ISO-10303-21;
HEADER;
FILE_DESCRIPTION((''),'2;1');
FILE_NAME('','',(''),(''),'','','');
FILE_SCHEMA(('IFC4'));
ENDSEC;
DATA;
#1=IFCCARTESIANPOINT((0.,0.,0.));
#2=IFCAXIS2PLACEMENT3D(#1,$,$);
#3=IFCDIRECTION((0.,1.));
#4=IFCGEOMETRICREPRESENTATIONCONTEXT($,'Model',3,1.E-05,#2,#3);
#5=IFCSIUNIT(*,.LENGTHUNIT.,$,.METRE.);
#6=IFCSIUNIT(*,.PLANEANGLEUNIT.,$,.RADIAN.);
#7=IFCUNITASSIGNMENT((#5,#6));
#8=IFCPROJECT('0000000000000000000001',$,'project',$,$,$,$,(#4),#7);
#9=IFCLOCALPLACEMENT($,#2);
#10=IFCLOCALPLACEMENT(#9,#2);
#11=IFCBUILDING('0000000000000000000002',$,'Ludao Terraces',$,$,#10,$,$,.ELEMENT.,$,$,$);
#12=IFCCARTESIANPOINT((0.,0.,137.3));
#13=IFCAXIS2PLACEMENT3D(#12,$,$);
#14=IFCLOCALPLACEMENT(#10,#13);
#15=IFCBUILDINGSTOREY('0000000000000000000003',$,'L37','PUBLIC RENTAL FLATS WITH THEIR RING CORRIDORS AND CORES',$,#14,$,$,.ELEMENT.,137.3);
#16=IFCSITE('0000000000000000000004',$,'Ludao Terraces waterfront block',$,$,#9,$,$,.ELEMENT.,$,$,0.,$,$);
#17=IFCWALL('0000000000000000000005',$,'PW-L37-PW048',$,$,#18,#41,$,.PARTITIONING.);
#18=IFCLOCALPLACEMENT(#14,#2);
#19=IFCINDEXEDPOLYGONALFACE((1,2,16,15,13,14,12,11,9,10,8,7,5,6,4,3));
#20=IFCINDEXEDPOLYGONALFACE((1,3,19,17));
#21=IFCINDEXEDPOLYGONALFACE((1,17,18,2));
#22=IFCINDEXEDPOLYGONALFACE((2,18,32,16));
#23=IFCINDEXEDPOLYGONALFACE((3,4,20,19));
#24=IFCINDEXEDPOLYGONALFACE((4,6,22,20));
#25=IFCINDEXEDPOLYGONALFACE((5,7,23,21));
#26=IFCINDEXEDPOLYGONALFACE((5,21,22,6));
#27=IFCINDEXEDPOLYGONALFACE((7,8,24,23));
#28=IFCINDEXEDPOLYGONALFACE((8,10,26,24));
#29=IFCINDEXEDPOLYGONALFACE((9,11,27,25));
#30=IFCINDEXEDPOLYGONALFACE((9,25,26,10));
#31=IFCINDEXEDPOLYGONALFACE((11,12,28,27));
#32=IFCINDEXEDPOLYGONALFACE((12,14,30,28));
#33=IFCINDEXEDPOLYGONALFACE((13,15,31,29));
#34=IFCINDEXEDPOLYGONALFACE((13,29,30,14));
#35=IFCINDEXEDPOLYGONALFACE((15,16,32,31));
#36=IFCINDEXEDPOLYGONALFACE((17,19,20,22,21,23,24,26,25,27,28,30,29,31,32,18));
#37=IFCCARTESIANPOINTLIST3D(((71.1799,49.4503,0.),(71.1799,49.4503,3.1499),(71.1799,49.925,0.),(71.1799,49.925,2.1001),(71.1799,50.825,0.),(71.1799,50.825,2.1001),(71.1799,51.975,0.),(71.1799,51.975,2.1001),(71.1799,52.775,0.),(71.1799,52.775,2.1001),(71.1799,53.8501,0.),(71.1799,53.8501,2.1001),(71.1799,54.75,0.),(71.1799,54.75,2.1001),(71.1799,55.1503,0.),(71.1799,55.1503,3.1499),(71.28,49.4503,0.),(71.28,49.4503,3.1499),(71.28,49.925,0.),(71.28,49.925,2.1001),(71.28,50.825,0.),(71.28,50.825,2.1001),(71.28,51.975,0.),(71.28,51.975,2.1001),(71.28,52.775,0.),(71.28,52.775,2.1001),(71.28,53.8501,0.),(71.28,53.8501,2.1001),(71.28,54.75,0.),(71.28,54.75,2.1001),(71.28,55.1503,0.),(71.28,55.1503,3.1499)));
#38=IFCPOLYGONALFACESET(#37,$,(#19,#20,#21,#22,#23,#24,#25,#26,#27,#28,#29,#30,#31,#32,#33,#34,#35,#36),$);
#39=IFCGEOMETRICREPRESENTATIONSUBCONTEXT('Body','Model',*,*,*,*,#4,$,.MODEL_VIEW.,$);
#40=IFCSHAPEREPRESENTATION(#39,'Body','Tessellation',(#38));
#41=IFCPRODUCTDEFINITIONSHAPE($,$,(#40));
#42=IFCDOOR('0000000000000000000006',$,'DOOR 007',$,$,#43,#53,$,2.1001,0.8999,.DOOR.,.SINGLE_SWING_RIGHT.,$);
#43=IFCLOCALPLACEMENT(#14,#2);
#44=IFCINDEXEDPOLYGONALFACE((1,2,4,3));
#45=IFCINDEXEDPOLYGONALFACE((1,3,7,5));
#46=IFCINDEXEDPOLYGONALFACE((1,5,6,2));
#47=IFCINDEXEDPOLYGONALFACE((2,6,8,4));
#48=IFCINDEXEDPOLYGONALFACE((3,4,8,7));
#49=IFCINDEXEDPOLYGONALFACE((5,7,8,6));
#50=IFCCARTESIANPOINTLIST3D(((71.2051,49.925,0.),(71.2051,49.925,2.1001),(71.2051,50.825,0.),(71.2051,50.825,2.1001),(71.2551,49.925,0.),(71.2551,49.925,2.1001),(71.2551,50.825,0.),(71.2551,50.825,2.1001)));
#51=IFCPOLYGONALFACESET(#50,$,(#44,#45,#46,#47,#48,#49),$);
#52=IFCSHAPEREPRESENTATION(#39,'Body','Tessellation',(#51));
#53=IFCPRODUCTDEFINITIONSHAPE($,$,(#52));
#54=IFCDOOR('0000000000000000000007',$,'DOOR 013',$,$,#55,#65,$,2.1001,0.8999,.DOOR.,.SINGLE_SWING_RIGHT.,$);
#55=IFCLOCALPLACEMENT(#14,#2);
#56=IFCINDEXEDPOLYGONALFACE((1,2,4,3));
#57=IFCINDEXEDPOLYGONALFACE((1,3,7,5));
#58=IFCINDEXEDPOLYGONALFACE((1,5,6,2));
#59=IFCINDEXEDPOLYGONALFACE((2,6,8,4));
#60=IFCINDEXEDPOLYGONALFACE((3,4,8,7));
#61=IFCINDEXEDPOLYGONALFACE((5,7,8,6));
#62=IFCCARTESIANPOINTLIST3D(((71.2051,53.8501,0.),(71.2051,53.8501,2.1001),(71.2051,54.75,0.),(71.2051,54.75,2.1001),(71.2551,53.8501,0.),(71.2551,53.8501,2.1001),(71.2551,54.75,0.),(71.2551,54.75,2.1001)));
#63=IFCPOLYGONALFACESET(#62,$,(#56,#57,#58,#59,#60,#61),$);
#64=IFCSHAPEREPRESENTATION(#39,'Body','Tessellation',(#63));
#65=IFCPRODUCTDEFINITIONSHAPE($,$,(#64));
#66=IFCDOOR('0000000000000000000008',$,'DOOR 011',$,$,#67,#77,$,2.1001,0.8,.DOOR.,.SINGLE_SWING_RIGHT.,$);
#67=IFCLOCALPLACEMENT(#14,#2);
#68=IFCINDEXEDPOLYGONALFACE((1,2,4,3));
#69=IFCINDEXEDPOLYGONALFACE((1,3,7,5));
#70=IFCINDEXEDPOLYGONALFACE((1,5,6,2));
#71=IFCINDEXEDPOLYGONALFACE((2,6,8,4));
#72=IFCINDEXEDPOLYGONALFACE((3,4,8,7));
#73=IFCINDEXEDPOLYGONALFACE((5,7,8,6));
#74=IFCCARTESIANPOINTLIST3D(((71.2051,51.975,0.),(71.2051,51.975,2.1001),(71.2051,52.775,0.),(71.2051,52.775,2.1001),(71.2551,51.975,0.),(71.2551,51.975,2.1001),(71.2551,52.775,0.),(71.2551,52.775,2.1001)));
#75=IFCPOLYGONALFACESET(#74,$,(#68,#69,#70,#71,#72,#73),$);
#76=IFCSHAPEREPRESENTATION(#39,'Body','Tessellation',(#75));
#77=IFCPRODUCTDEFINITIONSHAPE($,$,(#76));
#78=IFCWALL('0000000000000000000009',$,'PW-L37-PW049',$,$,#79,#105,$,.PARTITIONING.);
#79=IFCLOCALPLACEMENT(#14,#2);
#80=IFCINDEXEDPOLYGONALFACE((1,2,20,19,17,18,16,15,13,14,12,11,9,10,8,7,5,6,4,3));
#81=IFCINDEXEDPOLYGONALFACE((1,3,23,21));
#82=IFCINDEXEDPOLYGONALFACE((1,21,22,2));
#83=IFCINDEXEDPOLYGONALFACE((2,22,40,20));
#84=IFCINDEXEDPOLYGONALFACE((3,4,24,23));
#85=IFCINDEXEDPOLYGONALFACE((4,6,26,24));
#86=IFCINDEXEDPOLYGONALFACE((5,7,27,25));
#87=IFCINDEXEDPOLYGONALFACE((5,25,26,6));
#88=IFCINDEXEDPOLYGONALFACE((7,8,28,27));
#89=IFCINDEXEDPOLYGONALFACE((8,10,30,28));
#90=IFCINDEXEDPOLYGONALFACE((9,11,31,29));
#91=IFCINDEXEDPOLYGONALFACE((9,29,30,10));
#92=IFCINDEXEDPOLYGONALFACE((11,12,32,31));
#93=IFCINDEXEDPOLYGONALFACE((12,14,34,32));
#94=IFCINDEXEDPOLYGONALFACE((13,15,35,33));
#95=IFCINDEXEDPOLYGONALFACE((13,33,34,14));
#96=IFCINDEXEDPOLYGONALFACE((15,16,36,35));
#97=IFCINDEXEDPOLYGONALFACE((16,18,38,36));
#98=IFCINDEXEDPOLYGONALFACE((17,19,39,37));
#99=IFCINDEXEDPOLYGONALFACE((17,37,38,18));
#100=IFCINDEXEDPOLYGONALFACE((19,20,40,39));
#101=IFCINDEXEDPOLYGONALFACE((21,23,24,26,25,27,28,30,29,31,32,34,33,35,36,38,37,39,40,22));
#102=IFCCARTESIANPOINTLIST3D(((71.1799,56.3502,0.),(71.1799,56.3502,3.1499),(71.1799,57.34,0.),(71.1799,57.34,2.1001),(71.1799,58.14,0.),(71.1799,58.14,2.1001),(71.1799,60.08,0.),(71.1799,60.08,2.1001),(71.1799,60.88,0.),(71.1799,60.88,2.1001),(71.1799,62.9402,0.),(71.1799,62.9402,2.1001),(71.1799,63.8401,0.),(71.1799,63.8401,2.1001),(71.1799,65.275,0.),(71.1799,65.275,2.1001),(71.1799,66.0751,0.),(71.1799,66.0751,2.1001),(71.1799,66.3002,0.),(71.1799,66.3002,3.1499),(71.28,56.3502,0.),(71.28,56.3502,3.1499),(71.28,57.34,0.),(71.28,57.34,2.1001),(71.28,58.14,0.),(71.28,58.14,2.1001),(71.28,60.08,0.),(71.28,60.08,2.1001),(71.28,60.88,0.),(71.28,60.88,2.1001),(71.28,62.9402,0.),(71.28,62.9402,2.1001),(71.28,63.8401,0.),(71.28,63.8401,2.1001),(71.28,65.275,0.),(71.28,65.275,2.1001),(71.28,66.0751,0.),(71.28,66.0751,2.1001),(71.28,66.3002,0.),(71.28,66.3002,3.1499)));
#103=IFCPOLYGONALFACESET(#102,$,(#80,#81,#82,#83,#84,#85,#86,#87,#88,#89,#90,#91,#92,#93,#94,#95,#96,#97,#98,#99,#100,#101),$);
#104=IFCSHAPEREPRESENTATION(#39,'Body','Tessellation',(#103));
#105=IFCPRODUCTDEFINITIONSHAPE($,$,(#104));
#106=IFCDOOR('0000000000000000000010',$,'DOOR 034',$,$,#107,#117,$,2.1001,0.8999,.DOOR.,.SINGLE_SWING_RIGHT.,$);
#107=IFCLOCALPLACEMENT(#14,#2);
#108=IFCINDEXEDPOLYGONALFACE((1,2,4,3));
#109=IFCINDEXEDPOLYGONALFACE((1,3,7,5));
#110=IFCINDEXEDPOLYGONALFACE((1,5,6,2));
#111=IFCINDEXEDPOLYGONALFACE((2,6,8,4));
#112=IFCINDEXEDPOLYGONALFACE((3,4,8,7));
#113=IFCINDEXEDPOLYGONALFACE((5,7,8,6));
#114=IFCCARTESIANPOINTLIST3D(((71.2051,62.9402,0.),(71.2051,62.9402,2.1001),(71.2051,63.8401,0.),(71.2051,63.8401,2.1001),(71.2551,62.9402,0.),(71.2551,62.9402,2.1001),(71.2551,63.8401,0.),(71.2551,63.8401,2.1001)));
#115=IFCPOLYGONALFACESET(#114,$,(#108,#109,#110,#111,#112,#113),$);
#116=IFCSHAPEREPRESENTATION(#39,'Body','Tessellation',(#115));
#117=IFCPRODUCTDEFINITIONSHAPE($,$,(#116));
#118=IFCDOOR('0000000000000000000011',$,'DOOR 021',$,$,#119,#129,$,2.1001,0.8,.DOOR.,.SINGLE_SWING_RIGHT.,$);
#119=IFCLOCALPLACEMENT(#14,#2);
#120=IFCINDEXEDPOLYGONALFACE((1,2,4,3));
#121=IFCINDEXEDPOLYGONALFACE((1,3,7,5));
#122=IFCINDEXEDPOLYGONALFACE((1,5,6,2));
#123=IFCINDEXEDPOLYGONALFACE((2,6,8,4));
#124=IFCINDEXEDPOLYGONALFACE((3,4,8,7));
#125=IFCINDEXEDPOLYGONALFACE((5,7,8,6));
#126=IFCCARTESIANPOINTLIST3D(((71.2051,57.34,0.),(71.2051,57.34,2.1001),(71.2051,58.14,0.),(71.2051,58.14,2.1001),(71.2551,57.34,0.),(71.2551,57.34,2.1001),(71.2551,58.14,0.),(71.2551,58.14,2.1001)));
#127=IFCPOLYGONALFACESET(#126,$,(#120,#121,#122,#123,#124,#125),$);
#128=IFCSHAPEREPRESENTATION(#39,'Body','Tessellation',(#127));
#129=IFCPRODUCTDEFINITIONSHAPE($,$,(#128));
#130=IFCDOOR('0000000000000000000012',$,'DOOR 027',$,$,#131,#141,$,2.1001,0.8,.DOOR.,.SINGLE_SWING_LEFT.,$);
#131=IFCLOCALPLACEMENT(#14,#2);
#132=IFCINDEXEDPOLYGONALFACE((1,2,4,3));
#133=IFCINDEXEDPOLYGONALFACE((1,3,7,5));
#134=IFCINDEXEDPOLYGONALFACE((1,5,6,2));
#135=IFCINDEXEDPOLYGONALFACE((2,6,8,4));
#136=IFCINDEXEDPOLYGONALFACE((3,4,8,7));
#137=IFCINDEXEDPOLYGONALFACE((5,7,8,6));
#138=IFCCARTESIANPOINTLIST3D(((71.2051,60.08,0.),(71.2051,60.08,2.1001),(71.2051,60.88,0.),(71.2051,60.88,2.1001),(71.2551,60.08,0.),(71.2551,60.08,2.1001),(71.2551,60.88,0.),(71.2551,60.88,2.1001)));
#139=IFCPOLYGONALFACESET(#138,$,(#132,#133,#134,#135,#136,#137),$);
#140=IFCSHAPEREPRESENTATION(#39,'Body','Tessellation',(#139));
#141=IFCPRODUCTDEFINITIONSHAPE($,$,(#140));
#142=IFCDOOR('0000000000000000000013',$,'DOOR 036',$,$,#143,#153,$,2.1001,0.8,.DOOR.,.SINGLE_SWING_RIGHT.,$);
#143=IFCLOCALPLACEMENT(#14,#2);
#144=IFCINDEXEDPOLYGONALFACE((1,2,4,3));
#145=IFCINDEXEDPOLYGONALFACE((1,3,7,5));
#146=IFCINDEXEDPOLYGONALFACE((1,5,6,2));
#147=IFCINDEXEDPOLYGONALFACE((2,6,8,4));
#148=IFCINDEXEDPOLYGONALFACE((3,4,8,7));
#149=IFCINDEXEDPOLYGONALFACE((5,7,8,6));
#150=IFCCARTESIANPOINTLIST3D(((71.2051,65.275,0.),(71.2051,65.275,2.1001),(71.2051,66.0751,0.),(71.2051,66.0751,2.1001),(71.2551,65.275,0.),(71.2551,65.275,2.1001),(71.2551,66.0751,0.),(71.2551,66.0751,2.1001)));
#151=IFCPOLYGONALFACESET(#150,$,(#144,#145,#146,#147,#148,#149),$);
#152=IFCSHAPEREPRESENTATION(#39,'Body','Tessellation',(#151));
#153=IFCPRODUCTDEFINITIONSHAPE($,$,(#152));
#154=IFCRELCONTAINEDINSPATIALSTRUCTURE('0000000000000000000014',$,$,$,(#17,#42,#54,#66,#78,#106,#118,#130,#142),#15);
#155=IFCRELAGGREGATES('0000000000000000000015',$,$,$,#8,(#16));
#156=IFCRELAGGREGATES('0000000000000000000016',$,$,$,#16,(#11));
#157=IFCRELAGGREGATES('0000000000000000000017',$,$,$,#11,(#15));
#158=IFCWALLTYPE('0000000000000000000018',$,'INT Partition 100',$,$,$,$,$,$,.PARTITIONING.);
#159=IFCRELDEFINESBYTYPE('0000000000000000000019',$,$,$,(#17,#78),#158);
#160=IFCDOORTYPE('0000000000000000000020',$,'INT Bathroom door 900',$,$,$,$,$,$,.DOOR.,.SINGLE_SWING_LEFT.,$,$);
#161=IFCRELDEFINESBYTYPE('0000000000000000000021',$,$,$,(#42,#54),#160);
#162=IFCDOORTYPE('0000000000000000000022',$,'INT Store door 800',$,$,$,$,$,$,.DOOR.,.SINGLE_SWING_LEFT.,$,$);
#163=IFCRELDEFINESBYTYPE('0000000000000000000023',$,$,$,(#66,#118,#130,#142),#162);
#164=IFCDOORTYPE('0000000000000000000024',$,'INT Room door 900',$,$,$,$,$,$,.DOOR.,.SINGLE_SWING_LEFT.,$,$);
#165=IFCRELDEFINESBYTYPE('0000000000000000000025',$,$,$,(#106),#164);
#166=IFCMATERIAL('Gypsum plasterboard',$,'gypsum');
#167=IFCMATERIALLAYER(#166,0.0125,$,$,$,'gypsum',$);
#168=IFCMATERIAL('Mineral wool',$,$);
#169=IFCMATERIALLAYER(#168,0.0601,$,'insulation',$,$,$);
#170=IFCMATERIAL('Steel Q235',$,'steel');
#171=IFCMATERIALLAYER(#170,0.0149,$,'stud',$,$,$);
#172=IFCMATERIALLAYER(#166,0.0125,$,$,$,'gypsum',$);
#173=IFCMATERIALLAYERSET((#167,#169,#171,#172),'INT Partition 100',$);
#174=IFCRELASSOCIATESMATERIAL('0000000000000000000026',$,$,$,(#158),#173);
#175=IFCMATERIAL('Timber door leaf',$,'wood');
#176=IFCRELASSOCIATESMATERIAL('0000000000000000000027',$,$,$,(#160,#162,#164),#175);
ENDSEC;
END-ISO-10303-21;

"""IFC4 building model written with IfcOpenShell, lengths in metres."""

from ifc_helpers import new_model, si_unit, direction, frame, frame_2d, origin, place, context, subcontext, project, spatial, rectangle, extrude, material, layer, layer_set, type_object, element, fill, save


model = new_model("IFC4")

# Units and contexts
model_context = context("Model", 3, precision=1e-05, world=origin(), true_north=direction((0.0, 1.0)))
body_context = subcontext(model_context, "Body", "Model", "MODEL_VIEW")
ifc_project = project(units=[si_unit("LENGTHUNIT", "METRE"), si_unit("PLANEANGLEUNIT", "RADIAN")], contexts=[model_context])

# Site, building, storey
site_placement = place(None, origin())
site = spatial("IfcSite", under=ifc_project, at=site_placement, Name="Ludao Terraces waterfront block", CompositionType="ELEMENT", RefElevation=0.0)
building_placement = place(site_placement, origin())
building = spatial("IfcBuilding", under=site, at=building_placement, Name="Ludao Terraces", CompositionType="ELEMENT")
storey_placement = place(building_placement, frame((0.0, 0.0, 137.3)))
storey = spatial("IfcBuildingStorey", under=building, at=storey_placement, Name="L37", Description="PUBLIC RENTAL FLATS WITH THEIR RING CORRIDORS AND CORES", CompositionType="ELEMENT", Elevation=137.3)

# Shared definitions
ifc_material_1 = material(Name="Timber door leaf", Category="wood")
ifc_material_2 = material(Name="Steel Q235", Category="steel")

# Shared definitions
ifc_material_3 = material(Name="Gypsum plasterboard", Category="gypsum")
ifc_layer_1 = layer(ifc_material_3, 0.0125, Category="gypsum")
ifc_material_4 = material(Name="Mineral wool")
ifc_layer_2 = layer(ifc_material_4, 0.0601, Name="insulation")
ifc_layer_3 = layer(ifc_material_2, 0.0149, Name="stud")
ifc_layer_4 = layer(ifc_material_3, 0.0125, Category="gypsum")
ifc_layer_set_1 = layer_set([ifc_layer_1, ifc_layer_2, ifc_layer_3, ifc_layer_4], Name="INT Partition 100")
wall_type_1 = type_object("IfcWallType", Name="INT Partition 100", PredefinedType="PARTITIONING", material=ifc_layer_set_1)

# Walls, openings, doors
wall_1_placement = place(storey_placement, frame((71.23, 49.4502, 0.0), z_axis=(0.0, 0.0, 1.0), x_axis=(0.0, 1.0, 0.0)))
wall_1 = element("IfcWall", 1, at=wall_1_placement, inside=storey, type_object=wall_type_1, Name="PW-L37-PW048", PredefinedType="PARTITIONING", context=body_context, shape_type="SweptSolid", body=[
    extrude(rectangle(XDim=5.7, YDim=0.1001, at=frame_2d((2.8501, 0.0))), origin(), (0.0, 0.0, 1.0), 3.1499),
])
opening_1_placement = place(wall_1_placement, frame((0.4749, 0.0, 0.0)))
opening_1 = element("IfcOpeningElement", 2, at=opening_1_placement, cuts=wall_1, PredefinedType="OPENING", context=body_context, shape_type="SweptSolid", body=[
    extrude(rectangle(XDim=0.8999, YDim=2.1001, at=frame_2d((0.45, 1.05))), frame((0.0, 0.0601, 0.0), z_axis=(0.0, -1.0, 0.0), x_axis=(1.0, 0.0, 0.0)), (0.0, 0.0, 1.0), 0.1201),
])
opening_2_placement = place(wall_1_placement, frame((2.5249, 0.0, 0.0)))
opening_2 = element("IfcOpeningElement", 3, at=opening_2_placement, cuts=wall_1, PredefinedType="OPENING", context=body_context, shape_type="SweptSolid", body=[
    extrude(rectangle(XDim=0.8, YDim=2.1001, at=frame_2d((0.3999, 1.05))), frame((0.0, 0.0601, 0.0), z_axis=(0.0, -1.0, 0.0), x_axis=(1.0, 0.0, 0.0)), (0.0, 0.0, 1.0), 0.1201),
])
opening_3_placement = place(wall_1_placement, frame((4.3999, 0.0, 0.0)))
opening_3 = element("IfcOpeningElement", 4, at=opening_3_placement, cuts=wall_1, PredefinedType="OPENING", context=body_context, shape_type="SweptSolid", body=[
    extrude(rectangle(XDim=0.8999, YDim=2.1001, at=frame_2d((0.45, 1.05))), frame((0.0, 0.0601, 0.0), z_axis=(0.0, -1.0, 0.0), x_axis=(1.0, 0.0, 0.0)), (0.0, 0.0, 1.0), 0.1201),
])
door_type_1 = type_object("IfcDoorType", Name="INT Bathroom door 900", OperationType="SINGLE_SWING_LEFT", PredefinedType="DOOR", material=ifc_material_1)
door_1_placement = place(opening_1_placement, origin())
door_1 = element("IfcDoor", 5, at=door_1_placement, inside=storey, type_object=door_type_1, Name="DOOR 007", OperationType="SINGLE_SWING_RIGHT", OverallHeight=2.1001, OverallWidth=0.8999, PredefinedType="DOOR", context=body_context, shape_type="SweptSolid", body=[
    extrude(rectangle(XDim=0.8999, YDim=2.1001, at=frame_2d((0.45, 1.05))), frame((0.0, 0.0249, 0.0), z_axis=(0.0, -1.0, 0.0), x_axis=(1.0, 0.0, 0.0)), (0.0, 0.0, 1.0), 0.05),
])
fill(opening_1, door_1)
door_2_placement = place(opening_3_placement, origin())
door_2 = element("IfcDoor", 6, at=door_2_placement, inside=storey, type_object=door_type_1, Name="DOOR 013", OperationType="SINGLE_SWING_RIGHT", OverallHeight=2.1001, OverallWidth=0.8999, PredefinedType="DOOR", context=body_context, shape_type="SweptSolid", body=[
    extrude(rectangle(XDim=0.8999, YDim=2.1001, at=frame_2d((0.45, 1.05))), frame((0.0, 0.0249, 0.0), z_axis=(0.0, -1.0, 0.0), x_axis=(1.0, 0.0, 0.0)), (0.0, 0.0, 1.0), 0.05),
])
fill(opening_3, door_2)
door_type_2 = type_object("IfcDoorType", Name="INT Store door 800", OperationType="SINGLE_SWING_LEFT", PredefinedType="DOOR", material=ifc_material_1)
door_3_placement = place(opening_2_placement, origin())
door_3 = element("IfcDoor", 7, at=door_3_placement, inside=storey, type_object=door_type_2, Name="DOOR 011", OperationType="SINGLE_SWING_RIGHT", OverallHeight=2.1001, OverallWidth=0.8, PredefinedType="DOOR", context=body_context, shape_type="SweptSolid", body=[
    extrude(rectangle(XDim=0.8, YDim=2.1001, at=frame_2d((0.3999, 1.05))), frame((0.0, 0.0249, 0.0), z_axis=(0.0, -1.0, 0.0), x_axis=(1.0, 0.0, 0.0)), (0.0, 0.0, 1.0), 0.05),
])
fill(opening_2, door_3)
wall_2_placement = place(storey_placement, frame((71.23, 56.3501, 0.0), z_axis=(0.0, 0.0, 1.0), x_axis=(0.0, 1.0, 0.0)))
wall_2 = element("IfcWall", 8, at=wall_2_placement, inside=storey, type_object=wall_type_1, Name="PW-L37-PW049", PredefinedType="PARTITIONING", context=body_context, shape_type="SweptSolid", body=[
    extrude(rectangle(XDim=9.95, YDim=0.1001, at=frame_2d((4.9751, 0.0))), origin(), (0.0, 0.0, 1.0), 3.1499),
])
opening_4_placement = place(wall_2_placement, frame((0.99, 0.0, 0.0)))
opening_4 = element("IfcOpeningElement", 9, at=opening_4_placement, cuts=wall_2, PredefinedType="OPENING", context=body_context, shape_type="SweptSolid", body=[
    extrude(rectangle(XDim=0.8, YDim=2.1001, at=frame_2d((0.3999, 1.05))), frame((0.0, 0.0601, 0.0), z_axis=(0.0, -1.0, 0.0), x_axis=(1.0, 0.0, 0.0)), (0.0, 0.0, 1.0), 0.1201),
])
opening_5_placement = place(wall_2_placement, frame((3.73, 0.0, 0.0)))
opening_5 = element("IfcOpeningElement", 10, at=opening_5_placement, cuts=wall_2, PredefinedType="OPENING", context=body_context, shape_type="SweptSolid", body=[
    extrude(rectangle(XDim=0.8, YDim=2.1001, at=frame_2d((0.3999, 1.05))), frame((0.0, 0.0601, 0.0), z_axis=(0.0, -1.0, 0.0), x_axis=(1.0, 0.0, 0.0)), (0.0, 0.0, 1.0), 0.1201),
])
opening_6_placement = place(wall_2_placement, frame((6.5901, 0.0, 0.0)))
opening_6 = element("IfcOpeningElement", 11, at=opening_6_placement, cuts=wall_2, PredefinedType="OPENING", context=body_context, shape_type="SweptSolid", body=[
    extrude(rectangle(XDim=0.8999, YDim=2.1001, at=frame_2d((0.45, 1.05))), frame((0.0, 0.0601, 0.0), z_axis=(0.0, -1.0, 0.0), x_axis=(1.0, 0.0, 0.0)), (0.0, 0.0, 1.0), 0.1201),
])
opening_7_placement = place(wall_2_placement, frame((8.925, 0.0, 0.0)))
opening_7 = element("IfcOpeningElement", 12, at=opening_7_placement, cuts=wall_2, PredefinedType="OPENING", context=body_context, shape_type="SweptSolid", body=[
    extrude(rectangle(XDim=0.8, YDim=2.1001, at=frame_2d((0.3999, 1.05))), frame((0.0, 0.0601, 0.0), z_axis=(0.0, -1.0, 0.0), x_axis=(1.0, 0.0, 0.0)), (0.0, 0.0, 1.0), 0.1201),
])
door_type_3 = type_object("IfcDoorType", Name="INT Room door 900", OperationType="SINGLE_SWING_LEFT", PredefinedType="DOOR", material=ifc_material_1)
door_4_placement = place(opening_6_placement, origin())
door_4 = element("IfcDoor", 13, at=door_4_placement, inside=storey, type_object=door_type_3, Name="DOOR 034", OperationType="SINGLE_SWING_RIGHT", OverallHeight=2.1001, OverallWidth=0.8999, PredefinedType="DOOR", context=body_context, shape_type="SweptSolid", body=[
    extrude(rectangle(XDim=0.8999, YDim=2.1001, at=frame_2d((0.45, 1.05))), frame((0.0, 0.0249, 0.0), z_axis=(0.0, -1.0, 0.0), x_axis=(1.0, 0.0, 0.0)), (0.0, 0.0, 1.0), 0.05),
])
fill(opening_6, door_4)
door_5_placement = place(opening_4_placement, origin())
door_5 = element("IfcDoor", 14, at=door_5_placement, inside=storey, type_object=door_type_2, Name="DOOR 021", OperationType="SINGLE_SWING_RIGHT", OverallHeight=2.1001, OverallWidth=0.8, PredefinedType="DOOR", context=body_context, shape_type="SweptSolid", body=[
    extrude(rectangle(XDim=0.8, YDim=2.1001, at=frame_2d((0.3999, 1.05))), frame((0.0, 0.0249, 0.0), z_axis=(0.0, -1.0, 0.0), x_axis=(1.0, 0.0, 0.0)), (0.0, 0.0, 1.0), 0.05),
])
fill(opening_4, door_5)
door_6_placement = place(opening_5_placement, origin())
door_6 = element("IfcDoor", 15, at=door_6_placement, inside=storey, type_object=door_type_2, Name="DOOR 027", OperationType="SINGLE_SWING_LEFT", OverallHeight=2.1001, OverallWidth=0.8, PredefinedType="DOOR", context=body_context, shape_type="SweptSolid", body=[
    extrude(rectangle(XDim=0.8, YDim=2.1001, at=frame_2d((0.3999, 1.05))), frame((0.0, 0.0249, 0.0), z_axis=(0.0, -1.0, 0.0), x_axis=(1.0, 0.0, 0.0)), (0.0, 0.0, 1.0), 0.05),
])
fill(opening_5, door_6)
door_7_placement = place(opening_7_placement, origin())
door_7 = element("IfcDoor", 16, at=door_7_placement, inside=storey, type_object=door_type_2, Name="DOOR 036", OperationType="SINGLE_SWING_RIGHT", OverallHeight=2.1001, OverallWidth=0.8, PredefinedType="DOOR", context=body_context, shape_type="SweptSolid", body=[
    extrude(rectangle(XDim=0.8, YDim=2.1001, at=frame_2d((0.3999, 1.05))), frame((0.0, 0.0249, 0.0), z_axis=(0.0, -1.0, 0.0), x_axis=(1.0, 0.0, 0.0)), (0.0, 0.0, 1.0), 0.05),
])
fill(opening_7, door_7)

save(model, "model.ifc")
